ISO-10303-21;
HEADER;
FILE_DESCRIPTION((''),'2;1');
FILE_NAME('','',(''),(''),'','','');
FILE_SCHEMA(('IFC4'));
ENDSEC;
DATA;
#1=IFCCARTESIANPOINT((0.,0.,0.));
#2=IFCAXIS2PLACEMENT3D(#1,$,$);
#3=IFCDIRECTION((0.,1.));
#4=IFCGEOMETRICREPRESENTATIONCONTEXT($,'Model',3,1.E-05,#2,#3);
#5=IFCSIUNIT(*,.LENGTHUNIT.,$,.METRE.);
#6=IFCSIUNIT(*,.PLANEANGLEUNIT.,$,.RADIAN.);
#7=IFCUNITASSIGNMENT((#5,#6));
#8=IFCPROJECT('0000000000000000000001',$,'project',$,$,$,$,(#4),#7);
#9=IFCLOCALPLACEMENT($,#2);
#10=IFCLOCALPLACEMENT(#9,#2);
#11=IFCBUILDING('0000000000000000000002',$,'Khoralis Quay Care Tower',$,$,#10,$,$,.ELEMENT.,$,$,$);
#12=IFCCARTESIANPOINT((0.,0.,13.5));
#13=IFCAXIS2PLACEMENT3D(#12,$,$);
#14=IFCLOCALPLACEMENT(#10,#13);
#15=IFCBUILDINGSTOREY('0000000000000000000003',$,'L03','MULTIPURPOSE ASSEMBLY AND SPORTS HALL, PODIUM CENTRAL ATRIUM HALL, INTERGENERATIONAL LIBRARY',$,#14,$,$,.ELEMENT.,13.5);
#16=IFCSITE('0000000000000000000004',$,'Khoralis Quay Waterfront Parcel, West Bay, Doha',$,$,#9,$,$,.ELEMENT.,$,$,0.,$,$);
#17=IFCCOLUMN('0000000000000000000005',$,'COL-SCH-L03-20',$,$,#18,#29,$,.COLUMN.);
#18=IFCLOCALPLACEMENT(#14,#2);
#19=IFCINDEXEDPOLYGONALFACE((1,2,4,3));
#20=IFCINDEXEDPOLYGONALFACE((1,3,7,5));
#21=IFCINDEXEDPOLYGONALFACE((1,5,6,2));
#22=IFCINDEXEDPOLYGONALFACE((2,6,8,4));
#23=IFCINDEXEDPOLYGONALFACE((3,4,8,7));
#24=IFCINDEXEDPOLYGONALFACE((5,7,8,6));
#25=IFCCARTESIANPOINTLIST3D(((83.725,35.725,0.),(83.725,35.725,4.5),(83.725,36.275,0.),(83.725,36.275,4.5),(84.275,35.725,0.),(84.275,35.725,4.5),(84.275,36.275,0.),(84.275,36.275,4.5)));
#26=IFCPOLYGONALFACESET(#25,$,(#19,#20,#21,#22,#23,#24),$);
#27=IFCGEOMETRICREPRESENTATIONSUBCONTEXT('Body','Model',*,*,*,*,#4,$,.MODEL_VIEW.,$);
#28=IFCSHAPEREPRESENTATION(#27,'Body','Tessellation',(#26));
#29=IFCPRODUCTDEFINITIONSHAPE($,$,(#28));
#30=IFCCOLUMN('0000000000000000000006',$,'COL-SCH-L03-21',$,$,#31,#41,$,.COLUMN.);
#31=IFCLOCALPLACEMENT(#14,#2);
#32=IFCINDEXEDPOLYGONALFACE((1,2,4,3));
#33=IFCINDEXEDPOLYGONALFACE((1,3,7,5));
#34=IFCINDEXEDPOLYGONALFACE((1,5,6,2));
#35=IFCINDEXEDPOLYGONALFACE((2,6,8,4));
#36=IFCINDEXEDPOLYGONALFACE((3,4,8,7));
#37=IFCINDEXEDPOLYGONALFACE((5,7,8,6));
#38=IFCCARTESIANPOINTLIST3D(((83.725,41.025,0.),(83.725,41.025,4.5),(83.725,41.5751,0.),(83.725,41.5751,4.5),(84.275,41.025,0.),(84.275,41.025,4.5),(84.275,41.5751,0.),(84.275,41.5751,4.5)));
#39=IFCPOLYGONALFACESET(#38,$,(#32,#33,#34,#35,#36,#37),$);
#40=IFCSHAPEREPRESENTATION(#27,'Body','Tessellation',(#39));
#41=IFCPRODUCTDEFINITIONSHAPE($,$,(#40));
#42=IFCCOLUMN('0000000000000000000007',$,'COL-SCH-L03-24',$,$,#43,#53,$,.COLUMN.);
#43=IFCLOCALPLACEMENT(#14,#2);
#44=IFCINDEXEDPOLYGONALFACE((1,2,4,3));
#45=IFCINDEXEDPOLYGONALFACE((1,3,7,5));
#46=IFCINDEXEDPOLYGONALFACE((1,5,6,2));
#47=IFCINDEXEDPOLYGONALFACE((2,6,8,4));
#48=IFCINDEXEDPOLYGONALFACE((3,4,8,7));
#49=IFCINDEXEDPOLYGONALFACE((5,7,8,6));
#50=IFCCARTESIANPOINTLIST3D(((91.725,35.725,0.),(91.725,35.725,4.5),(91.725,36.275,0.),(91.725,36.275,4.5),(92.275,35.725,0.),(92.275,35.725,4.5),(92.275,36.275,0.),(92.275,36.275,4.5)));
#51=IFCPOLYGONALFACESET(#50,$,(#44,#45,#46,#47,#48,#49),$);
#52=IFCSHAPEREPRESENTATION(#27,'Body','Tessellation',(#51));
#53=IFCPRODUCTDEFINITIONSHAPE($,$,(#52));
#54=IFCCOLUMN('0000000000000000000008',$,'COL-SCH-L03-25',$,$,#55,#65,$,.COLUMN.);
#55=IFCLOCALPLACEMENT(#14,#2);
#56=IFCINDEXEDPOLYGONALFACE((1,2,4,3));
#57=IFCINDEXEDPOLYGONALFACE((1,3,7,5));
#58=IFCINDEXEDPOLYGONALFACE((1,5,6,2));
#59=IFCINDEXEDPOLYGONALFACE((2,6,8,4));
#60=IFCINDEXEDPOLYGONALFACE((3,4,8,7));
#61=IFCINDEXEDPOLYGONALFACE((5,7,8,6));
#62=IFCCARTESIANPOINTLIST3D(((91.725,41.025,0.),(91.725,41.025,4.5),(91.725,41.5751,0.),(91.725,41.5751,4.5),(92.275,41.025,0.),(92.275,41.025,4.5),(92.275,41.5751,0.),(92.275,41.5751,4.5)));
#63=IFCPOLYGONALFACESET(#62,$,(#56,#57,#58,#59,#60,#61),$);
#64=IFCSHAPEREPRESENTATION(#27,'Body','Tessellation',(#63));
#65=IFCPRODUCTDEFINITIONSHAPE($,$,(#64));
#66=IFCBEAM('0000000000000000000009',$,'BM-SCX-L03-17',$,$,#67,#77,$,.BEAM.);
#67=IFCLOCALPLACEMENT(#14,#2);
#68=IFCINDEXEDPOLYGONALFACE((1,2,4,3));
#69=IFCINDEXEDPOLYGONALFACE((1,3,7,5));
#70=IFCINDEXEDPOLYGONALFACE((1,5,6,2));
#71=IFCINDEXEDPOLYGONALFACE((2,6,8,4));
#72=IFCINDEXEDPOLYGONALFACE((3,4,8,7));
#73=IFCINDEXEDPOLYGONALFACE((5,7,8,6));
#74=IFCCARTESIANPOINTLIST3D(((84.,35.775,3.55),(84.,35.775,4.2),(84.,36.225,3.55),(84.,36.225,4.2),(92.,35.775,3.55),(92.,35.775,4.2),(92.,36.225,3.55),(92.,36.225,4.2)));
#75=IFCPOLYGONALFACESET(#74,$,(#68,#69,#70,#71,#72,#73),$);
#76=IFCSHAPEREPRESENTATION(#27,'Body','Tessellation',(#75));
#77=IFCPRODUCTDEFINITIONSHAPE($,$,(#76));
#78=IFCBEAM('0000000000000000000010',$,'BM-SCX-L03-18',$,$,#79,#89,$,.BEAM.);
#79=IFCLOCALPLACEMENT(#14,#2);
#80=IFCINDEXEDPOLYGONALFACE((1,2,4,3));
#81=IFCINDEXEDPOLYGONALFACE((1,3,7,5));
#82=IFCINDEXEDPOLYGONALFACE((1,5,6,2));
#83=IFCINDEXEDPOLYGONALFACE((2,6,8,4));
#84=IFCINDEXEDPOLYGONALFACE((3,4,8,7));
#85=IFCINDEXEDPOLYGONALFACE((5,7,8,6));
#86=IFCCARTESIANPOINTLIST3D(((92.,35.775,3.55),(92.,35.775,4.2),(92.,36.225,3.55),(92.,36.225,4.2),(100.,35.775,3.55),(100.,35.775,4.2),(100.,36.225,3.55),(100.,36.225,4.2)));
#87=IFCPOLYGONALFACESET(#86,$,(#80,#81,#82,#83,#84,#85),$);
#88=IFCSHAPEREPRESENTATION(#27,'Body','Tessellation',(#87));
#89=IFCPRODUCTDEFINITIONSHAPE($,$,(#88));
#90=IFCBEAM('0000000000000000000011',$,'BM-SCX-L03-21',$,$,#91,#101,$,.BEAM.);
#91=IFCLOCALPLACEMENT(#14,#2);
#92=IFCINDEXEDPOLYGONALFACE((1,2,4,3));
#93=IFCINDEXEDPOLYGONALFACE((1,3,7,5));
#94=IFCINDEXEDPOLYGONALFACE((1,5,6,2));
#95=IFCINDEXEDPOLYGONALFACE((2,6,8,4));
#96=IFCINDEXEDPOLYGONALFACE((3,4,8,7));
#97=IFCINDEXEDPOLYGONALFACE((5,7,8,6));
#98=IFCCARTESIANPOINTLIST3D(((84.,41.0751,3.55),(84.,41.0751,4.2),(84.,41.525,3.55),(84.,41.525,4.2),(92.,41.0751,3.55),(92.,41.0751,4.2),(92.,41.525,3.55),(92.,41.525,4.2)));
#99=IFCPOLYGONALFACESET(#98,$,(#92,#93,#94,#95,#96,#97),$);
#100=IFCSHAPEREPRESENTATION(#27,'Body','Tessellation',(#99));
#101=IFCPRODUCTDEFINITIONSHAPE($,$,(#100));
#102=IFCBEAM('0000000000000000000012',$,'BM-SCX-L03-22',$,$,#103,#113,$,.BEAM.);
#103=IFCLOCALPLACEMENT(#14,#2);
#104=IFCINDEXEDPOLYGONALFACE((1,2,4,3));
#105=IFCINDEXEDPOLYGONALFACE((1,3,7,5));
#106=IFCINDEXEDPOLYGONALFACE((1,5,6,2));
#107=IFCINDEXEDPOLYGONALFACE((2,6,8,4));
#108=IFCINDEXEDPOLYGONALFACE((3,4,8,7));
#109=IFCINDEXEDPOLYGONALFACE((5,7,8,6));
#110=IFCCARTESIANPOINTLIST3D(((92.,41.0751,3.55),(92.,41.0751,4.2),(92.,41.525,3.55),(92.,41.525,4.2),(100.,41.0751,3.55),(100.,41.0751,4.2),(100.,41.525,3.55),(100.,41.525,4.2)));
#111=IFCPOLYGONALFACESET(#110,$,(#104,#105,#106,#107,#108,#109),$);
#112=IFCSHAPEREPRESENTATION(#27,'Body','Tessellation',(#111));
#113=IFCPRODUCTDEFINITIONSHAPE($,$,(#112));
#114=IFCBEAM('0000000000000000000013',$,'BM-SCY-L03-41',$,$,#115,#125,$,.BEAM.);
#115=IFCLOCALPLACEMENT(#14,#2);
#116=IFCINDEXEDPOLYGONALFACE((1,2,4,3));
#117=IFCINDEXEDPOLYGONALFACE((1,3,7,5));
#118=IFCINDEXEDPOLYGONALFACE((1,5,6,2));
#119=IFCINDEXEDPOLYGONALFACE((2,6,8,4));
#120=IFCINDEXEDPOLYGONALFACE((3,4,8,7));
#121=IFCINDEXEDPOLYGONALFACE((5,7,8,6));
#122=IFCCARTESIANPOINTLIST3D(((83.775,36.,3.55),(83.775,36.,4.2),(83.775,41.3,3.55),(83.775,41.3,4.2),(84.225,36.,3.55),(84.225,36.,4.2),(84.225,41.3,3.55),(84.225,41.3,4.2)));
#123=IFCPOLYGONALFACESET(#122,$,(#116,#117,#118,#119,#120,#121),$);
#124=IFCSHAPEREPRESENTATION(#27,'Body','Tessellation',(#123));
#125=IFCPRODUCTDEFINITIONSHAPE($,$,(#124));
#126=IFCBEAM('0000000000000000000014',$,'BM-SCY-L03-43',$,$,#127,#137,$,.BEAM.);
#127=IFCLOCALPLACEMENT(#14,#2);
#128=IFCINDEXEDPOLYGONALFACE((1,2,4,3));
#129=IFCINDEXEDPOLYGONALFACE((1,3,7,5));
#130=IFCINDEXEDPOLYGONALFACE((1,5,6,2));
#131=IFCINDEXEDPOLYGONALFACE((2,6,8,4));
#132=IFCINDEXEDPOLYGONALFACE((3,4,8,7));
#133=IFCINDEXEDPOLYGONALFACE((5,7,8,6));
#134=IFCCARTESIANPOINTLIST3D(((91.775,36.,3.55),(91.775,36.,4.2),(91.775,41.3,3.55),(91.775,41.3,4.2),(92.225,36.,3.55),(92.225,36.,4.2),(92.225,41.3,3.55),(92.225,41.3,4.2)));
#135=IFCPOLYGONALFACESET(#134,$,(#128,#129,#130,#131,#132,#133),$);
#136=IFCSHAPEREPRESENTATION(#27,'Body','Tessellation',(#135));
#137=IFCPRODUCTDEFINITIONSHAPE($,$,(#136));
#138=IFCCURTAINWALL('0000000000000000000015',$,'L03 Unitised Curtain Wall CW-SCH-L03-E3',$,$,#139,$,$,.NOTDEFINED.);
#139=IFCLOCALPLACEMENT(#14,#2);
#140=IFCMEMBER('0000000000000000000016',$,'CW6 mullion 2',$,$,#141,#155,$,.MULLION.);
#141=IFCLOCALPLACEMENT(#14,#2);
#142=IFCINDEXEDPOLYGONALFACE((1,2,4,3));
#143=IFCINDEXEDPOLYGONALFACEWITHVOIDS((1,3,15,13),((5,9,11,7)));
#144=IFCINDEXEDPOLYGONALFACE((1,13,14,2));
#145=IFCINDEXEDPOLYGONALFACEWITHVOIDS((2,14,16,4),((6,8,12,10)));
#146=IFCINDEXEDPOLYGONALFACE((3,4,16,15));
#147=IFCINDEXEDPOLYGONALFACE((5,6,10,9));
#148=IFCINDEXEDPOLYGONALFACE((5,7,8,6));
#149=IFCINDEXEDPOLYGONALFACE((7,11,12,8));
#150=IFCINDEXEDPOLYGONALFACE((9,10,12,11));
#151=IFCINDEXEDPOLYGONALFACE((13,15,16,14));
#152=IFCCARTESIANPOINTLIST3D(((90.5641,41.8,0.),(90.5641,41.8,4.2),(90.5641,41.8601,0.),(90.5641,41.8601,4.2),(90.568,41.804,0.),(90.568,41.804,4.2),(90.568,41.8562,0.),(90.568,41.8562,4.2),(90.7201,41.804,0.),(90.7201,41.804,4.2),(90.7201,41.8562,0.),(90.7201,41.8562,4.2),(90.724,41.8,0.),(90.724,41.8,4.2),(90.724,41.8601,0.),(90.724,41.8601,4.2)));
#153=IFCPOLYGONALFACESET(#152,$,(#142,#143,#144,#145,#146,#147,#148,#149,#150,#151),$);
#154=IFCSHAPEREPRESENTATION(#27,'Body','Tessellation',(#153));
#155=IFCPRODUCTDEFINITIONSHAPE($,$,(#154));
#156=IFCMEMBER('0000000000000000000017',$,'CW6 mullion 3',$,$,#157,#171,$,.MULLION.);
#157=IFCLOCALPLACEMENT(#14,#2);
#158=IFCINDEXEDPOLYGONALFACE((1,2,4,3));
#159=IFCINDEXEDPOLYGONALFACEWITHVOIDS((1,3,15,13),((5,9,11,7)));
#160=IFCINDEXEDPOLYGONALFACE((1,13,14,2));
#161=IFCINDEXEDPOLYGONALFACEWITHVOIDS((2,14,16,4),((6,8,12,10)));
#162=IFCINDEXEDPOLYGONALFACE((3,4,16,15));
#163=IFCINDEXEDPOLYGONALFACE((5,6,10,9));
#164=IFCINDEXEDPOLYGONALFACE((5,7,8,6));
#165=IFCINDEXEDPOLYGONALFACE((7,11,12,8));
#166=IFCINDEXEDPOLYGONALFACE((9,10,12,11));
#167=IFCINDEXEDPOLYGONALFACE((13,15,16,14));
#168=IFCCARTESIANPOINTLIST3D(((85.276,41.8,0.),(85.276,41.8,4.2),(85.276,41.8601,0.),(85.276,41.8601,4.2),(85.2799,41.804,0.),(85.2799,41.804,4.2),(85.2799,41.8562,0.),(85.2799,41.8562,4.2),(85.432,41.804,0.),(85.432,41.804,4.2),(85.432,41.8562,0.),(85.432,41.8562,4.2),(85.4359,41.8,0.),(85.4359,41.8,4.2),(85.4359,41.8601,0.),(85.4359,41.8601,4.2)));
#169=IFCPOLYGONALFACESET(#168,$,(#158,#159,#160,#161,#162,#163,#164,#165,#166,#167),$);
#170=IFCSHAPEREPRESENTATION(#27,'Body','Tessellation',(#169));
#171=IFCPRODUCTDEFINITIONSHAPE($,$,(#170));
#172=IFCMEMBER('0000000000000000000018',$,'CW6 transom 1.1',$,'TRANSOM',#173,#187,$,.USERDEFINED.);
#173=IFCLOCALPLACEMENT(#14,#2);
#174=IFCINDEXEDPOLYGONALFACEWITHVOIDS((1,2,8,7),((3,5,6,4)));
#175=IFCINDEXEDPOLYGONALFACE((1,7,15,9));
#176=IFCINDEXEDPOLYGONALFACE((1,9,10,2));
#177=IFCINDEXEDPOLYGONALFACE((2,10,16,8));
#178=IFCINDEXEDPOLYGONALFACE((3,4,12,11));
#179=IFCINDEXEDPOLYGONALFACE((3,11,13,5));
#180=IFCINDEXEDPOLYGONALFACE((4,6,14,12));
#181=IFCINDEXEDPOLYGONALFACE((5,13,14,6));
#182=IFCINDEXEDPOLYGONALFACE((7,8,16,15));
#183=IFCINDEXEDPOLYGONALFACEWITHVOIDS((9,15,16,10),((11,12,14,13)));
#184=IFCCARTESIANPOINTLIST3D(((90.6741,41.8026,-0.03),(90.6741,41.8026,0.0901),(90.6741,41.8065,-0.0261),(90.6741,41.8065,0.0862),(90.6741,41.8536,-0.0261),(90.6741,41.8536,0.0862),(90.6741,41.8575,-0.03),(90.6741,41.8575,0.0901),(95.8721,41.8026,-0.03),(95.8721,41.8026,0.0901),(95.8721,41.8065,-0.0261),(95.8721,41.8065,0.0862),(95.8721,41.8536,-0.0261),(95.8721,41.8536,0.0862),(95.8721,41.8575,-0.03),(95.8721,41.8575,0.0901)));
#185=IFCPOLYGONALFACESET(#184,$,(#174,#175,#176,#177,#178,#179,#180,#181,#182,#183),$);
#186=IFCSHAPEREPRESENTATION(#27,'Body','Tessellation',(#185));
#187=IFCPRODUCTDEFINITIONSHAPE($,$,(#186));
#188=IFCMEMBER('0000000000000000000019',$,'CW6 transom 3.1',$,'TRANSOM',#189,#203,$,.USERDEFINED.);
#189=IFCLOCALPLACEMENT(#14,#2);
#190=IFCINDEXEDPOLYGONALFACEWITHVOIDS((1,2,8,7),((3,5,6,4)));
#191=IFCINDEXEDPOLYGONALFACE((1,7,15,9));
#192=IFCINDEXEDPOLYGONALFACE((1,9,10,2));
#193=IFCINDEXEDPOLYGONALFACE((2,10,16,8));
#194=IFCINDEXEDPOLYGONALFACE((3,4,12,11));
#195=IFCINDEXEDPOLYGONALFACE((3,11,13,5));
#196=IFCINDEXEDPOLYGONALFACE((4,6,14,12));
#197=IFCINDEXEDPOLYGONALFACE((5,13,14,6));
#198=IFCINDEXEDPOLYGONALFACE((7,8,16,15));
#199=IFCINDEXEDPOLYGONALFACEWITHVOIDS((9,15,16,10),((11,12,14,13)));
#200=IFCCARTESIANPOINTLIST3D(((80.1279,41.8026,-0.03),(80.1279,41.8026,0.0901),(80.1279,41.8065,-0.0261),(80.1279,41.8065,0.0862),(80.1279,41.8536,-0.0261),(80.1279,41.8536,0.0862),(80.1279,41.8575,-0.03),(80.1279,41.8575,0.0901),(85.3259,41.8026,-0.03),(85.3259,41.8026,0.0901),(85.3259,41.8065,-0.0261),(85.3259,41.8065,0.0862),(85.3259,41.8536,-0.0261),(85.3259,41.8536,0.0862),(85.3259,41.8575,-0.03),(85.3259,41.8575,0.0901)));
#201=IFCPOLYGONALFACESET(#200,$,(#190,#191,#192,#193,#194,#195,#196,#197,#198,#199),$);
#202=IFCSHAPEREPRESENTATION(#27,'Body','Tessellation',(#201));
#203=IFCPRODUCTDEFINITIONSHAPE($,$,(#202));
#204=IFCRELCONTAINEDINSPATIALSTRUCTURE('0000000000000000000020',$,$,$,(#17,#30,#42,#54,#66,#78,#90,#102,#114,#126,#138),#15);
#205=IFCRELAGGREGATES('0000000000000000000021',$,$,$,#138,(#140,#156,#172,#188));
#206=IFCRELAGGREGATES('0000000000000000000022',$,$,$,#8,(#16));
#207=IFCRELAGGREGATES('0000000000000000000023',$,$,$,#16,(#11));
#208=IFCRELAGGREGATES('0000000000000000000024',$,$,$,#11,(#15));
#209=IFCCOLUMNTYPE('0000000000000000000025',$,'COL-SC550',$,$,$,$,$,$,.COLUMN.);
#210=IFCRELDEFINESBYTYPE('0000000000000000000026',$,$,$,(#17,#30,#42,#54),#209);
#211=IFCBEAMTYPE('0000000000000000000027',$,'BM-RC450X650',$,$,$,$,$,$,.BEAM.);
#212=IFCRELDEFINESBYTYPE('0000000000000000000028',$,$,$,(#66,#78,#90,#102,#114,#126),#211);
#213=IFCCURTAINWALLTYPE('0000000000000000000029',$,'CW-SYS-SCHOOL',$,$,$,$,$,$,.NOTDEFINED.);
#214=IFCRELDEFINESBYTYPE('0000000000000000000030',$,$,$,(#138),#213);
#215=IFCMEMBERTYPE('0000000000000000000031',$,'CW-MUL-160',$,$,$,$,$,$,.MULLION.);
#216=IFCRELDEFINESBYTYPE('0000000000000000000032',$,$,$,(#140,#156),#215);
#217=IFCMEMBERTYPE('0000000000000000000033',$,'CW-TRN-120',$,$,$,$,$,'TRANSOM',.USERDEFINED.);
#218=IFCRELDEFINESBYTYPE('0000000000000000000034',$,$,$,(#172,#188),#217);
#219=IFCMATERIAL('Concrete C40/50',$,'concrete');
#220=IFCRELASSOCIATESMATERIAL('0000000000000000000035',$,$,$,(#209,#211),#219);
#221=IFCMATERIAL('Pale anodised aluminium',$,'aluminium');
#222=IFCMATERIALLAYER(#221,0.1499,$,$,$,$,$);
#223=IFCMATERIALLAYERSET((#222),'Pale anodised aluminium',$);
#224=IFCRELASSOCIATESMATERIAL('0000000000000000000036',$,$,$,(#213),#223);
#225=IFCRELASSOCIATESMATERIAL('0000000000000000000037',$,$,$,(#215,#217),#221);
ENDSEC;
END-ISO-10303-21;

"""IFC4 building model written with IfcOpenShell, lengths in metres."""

from ifc_helpers import new_model, si_unit, direction, frame, origin, origin_2d, place, context, subcontext, project, spatial, rectangle, hollow_rectangle, extrude, source, transform, mapped, material, layer, layer_set, material_profile, profile_set, type_object, element, aggregate, save


model = new_model("IFC4")

# Units and contexts
model_context = context("Model", 3, precision=1e-05, world=origin(), true_north=direction((0.0, 1.0)))
body_context = subcontext(model_context, "Body", "Model", "MODEL_VIEW")
ifc_project = project(units=[si_unit("LENGTHUNIT", "METRE"), si_unit("PLANEANGLEUNIT", "RADIAN")], contexts=[model_context])

# Site, building, storey
site_placement = place(None, origin())
site = spatial("IfcSite", under=ifc_project, at=site_placement, Name="Khoralis Quay Waterfront Parcel, West Bay, Doha", CompositionType="ELEMENT", RefElevation=0.0)
building_placement = place(site_placement, origin())
building = spatial("IfcBuilding", under=site, at=building_placement, Name="Khoralis Quay Care Tower", CompositionType="ELEMENT")
storey_placement = place(building_placement, frame((0.0, 0.0, 13.5)))
storey = spatial("IfcBuildingStorey", under=building, at=storey_placement, Name="L03", Description="MULTIPURPOSE ASSEMBLY AND SPORTS HALL, PODIUM CENTRAL ATRIUM HALL, INTERGENERATIONAL LIBRARY", CompositionType="ELEMENT", Elevation=13.5)

# Columns
ifc_material_1 = material(Name="Concrete C40/50", Category="concrete")
ifc_material_profile_1 = material_profile(ifc_material_1, rectangle(XDim=0.55, YDim=0.55, at=origin_2d()), Name="Concrete C40/50")
ifc_profile_set_1 = profile_set([ifc_material_profile_1], Name="Concrete C40/50")
column_type = type_object("IfcColumnType", Name="COL-SC550", PredefinedType="COLUMN", material=ifc_profile_set_1)
shared_shape_1 = source(origin(), body_context, "Body", "SweptSolid", [
    extrude(rectangle(XDim=0.55, YDim=0.55, at=origin_2d()), origin(), (0.0, 0.0, 1.0), 4.5),
])
for number, where, z_axis, x_axis, name in (
    (1, (84.0, 36.0, 0.0), (0.0, 0.0, 1.0), (1.0, 0.0, 0.0), "COL-SCH-L03-20"),
    (2, (84.0, 41.3, 0.0), (0.0, 0.0, 1.0), (1.0, 0.0, 0.0), "COL-SCH-L03-21"),
    (3, (92.0, 36.0, 0.0), (0.0, 0.0, 1.0), (1.0, 0.0, 0.0), "COL-SCH-L03-24"),
    (4, (92.0, 41.3, 0.0), (0.0, 0.0, 1.0), (1.0, 0.0, 0.0), "COL-SCH-L03-25"),
):
    element("IfcColumn", number, at=place(storey_placement, frame(where, z_axis=z_axis, x_axis=x_axis)), inside=storey, type_object=column_type, Name=name, PredefinedType="COLUMN", context=body_context, shape_type="MappedRepresentation", body=[
        mapped(shared_shape_1, transform((0.0, 0.0, 0.0), scale=1.0)),
    ])

# Beams
ifc_material_profile_2 = material_profile(ifc_material_1, rectangle(XDim=0.45, YDim=0.6499, at=origin_2d()), Name="Concrete C40/50")
ifc_profile_set_2 = profile_set([ifc_material_profile_2], Name="Concrete C40/50")
beam_type = type_object("IfcBeamType", Name="BM-RC450X650", PredefinedType="BEAM", material=ifc_profile_set_2)
shared_shape_2 = source(origin(), body_context, "Body", "SweptSolid", [
    extrude(rectangle(XDim=0.45, YDim=0.6499, at=origin_2d()), origin(), (0.0, 0.0, 1.0), 8.0),
])
for number, where, z_axis, x_axis, name in (
    (5, (84.0, 36.0, 3.875), (1.0, 0.0, 0.0), (0.0, 1.0, 0.0), "BM-SCX-L03-17"),
    (6, (92.0, 36.0, 3.875), (1.0, 0.0, 0.0), (0.0, 1.0, 0.0), "BM-SCX-L03-18"),
    (7, (84.0, 41.3, 3.875), (1.0, 0.0, 0.0), (0.0, 1.0, 0.0), "BM-SCX-L03-21"),
    (8, (92.0, 41.3, 3.875), (1.0, 0.0, 0.0), (0.0, 1.0, 0.0), "BM-SCX-L03-22"),
):
    element("IfcBeam", number, at=place(storey_placement, frame(where, z_axis=z_axis, x_axis=x_axis)), inside=storey, type_object=beam_type, Name=name, PredefinedType="BEAM", context=body_context, shape_type="MappedRepresentation", body=[
        mapped(shared_shape_2, transform((0.0, 0.0, 0.0), scale=1.0)),
    ])
shared_shape_3 = source(origin(), body_context, "Body", "SweptSolid", [
    extrude(rectangle(XDim=0.45, YDim=0.6499, at=origin_2d()), origin(), (0.0, 0.0, 1.0), 5.3),
])
for number, where, z_axis, x_axis, name in (
    (9, (84.0, 36.0, 3.875), (0.0, 1.0, 0.0), (-1.0, 0.0, 0.0), "BM-SCY-L03-41"),
    (10, (92.0, 36.0, 3.875), (0.0, 1.0, 0.0), (-1.0, 0.0, 0.0), "BM-SCY-L03-43"),
):
    element("IfcBeam", number, at=place(storey_placement, frame(where, z_axis=z_axis, x_axis=x_axis)), inside=storey, type_object=beam_type, Name=name, PredefinedType="BEAM", context=body_context, shape_type="MappedRepresentation", body=[
        mapped(shared_shape_3, transform((0.0, 0.0, 0.0), scale=1.0)),
    ])

# Curtain wall, members
ifc_material_2 = material(Name="Pale anodised aluminium", Category="aluminium")
ifc_layer_1 = layer(ifc_material_2, 0.1499)
ifc_layer_set_1 = layer_set([ifc_layer_1], Name="Pale anodised aluminium")
curtain_wall_type = type_object("IfcCurtainWallType", Name="CW-SYS-SCHOOL", PredefinedType="NOTDEFINED", material=ifc_layer_set_1)
curtain_wall_placement = place(storey_placement, origin())
curtain_wall = element("IfcCurtainWall", 11, at=curtain_wall_placement, inside=storey, type_object=curtain_wall_type, Name="L03 Unitised Curtain Wall CW-SCH-L03-E3", PredefinedType="NOTDEFINED")
ifc_material_profile_3 = material_profile(ifc_material_2, hollow_rectangle(XDim=0.0601, YDim=0.1599, WallThickness=0.0039, at=origin_2d()), Name="Pale anodised aluminium")
ifc_profile_set_3 = profile_set([ifc_material_profile_3], Name="Pale anodised aluminium")
member_type_1 = type_object("IfcMemberType", Name="CW-MUL-160", PredefinedType="MULLION", material=ifc_profile_set_3)
shared_shape_4 = source(origin(), body_context, "Body", "SweptSolid", [
    extrude(hollow_rectangle(XDim=0.0601, YDim=0.1599, WallThickness=0.0039, at=origin_2d()), origin(), (0.0, 0.0, 1.0), 4.2),
])
member_1_placement = place(storey_placement, frame((90.644, 41.8301, 0.0), z_axis=(0.0, 0.0, 1.0), x_axis=(0.0, -1.0, 0.0)))
member_1 = element("IfcMember", 12, at=member_1_placement, type_object=member_type_1, Name="CW6 mullion 2", PredefinedType="MULLION", context=body_context, shape_type="MappedRepresentation", body=[
    mapped(shared_shape_4, transform((0.0, 0.0, 0.0), scale=1.0)),
])
member_2_placement = place(storey_placement, frame((85.356, 41.8301, 0.0), z_axis=(0.0, 0.0, 1.0), x_axis=(0.0, -1.0, 0.0)))
member_2 = element("IfcMember", 13, at=member_2_placement, type_object=member_type_1, Name="CW6 mullion 3", PredefinedType="MULLION", context=body_context, shape_type="MappedRepresentation", body=[
    mapped(shared_shape_4, transform((0.0, 0.0, 0.0), scale=1.0)),
])
ifc_material_profile_4 = material_profile(ifc_material_2, hollow_rectangle(XDim=0.0549, YDim=0.1201, WallThickness=0.0039, at=origin_2d()), Name="Pale anodised aluminium")
ifc_profile_set_4 = profile_set([ifc_material_profile_4], Name="Pale anodised aluminium")
member_type_2 = type_object("IfcMemberType", Name="CW-TRN-120", ElementType="TRANSOM", PredefinedType="USERDEFINED", material=ifc_profile_set_4)
shared_shape_5 = source(origin(), body_context, "Body", "SweptSolid", [
    extrude(hollow_rectangle(XDim=0.0549, YDim=0.1201, WallThickness=0.0039, at=origin_2d()), origin(), (0.0, 0.0, 1.0), 5.198),
])
member_3_placement = place(storey_placement, frame((95.8721, 41.8301, 0.03), z_axis=(-1.0, 0.0, 0.0), x_axis=(0.0, -1.0, 0.0)))
member_3 = element("IfcMember", 14, at=member_3_placement, type_object=member_type_2, Name="CW6 transom 1.1", ObjectType="TRANSOM", PredefinedType="USERDEFINED", context=body_context, shape_type="MappedRepresentation", body=[
    mapped(shared_shape_5, transform((0.0, 0.0, 0.0), scale=1.0)),
])
member_4_placement = place(storey_placement, frame((85.3259, 41.8301, 0.03), z_axis=(-1.0, 0.0, 0.0), x_axis=(0.0, -1.0, 0.0)))
member_4 = element("IfcMember", 15, at=member_4_placement, type_object=member_type_2, Name="CW6 transom 3.1", ObjectType="TRANSOM", PredefinedType="USERDEFINED", context=body_context, shape_type="MappedRepresentation", body=[
    mapped(shared_shape_5, transform((0.0, 0.0, 0.0), scale=1.0)),
])
aggregate(curtain_wall, [member_1, member_2, member_3, member_4])

save(model, "model.ifc")
